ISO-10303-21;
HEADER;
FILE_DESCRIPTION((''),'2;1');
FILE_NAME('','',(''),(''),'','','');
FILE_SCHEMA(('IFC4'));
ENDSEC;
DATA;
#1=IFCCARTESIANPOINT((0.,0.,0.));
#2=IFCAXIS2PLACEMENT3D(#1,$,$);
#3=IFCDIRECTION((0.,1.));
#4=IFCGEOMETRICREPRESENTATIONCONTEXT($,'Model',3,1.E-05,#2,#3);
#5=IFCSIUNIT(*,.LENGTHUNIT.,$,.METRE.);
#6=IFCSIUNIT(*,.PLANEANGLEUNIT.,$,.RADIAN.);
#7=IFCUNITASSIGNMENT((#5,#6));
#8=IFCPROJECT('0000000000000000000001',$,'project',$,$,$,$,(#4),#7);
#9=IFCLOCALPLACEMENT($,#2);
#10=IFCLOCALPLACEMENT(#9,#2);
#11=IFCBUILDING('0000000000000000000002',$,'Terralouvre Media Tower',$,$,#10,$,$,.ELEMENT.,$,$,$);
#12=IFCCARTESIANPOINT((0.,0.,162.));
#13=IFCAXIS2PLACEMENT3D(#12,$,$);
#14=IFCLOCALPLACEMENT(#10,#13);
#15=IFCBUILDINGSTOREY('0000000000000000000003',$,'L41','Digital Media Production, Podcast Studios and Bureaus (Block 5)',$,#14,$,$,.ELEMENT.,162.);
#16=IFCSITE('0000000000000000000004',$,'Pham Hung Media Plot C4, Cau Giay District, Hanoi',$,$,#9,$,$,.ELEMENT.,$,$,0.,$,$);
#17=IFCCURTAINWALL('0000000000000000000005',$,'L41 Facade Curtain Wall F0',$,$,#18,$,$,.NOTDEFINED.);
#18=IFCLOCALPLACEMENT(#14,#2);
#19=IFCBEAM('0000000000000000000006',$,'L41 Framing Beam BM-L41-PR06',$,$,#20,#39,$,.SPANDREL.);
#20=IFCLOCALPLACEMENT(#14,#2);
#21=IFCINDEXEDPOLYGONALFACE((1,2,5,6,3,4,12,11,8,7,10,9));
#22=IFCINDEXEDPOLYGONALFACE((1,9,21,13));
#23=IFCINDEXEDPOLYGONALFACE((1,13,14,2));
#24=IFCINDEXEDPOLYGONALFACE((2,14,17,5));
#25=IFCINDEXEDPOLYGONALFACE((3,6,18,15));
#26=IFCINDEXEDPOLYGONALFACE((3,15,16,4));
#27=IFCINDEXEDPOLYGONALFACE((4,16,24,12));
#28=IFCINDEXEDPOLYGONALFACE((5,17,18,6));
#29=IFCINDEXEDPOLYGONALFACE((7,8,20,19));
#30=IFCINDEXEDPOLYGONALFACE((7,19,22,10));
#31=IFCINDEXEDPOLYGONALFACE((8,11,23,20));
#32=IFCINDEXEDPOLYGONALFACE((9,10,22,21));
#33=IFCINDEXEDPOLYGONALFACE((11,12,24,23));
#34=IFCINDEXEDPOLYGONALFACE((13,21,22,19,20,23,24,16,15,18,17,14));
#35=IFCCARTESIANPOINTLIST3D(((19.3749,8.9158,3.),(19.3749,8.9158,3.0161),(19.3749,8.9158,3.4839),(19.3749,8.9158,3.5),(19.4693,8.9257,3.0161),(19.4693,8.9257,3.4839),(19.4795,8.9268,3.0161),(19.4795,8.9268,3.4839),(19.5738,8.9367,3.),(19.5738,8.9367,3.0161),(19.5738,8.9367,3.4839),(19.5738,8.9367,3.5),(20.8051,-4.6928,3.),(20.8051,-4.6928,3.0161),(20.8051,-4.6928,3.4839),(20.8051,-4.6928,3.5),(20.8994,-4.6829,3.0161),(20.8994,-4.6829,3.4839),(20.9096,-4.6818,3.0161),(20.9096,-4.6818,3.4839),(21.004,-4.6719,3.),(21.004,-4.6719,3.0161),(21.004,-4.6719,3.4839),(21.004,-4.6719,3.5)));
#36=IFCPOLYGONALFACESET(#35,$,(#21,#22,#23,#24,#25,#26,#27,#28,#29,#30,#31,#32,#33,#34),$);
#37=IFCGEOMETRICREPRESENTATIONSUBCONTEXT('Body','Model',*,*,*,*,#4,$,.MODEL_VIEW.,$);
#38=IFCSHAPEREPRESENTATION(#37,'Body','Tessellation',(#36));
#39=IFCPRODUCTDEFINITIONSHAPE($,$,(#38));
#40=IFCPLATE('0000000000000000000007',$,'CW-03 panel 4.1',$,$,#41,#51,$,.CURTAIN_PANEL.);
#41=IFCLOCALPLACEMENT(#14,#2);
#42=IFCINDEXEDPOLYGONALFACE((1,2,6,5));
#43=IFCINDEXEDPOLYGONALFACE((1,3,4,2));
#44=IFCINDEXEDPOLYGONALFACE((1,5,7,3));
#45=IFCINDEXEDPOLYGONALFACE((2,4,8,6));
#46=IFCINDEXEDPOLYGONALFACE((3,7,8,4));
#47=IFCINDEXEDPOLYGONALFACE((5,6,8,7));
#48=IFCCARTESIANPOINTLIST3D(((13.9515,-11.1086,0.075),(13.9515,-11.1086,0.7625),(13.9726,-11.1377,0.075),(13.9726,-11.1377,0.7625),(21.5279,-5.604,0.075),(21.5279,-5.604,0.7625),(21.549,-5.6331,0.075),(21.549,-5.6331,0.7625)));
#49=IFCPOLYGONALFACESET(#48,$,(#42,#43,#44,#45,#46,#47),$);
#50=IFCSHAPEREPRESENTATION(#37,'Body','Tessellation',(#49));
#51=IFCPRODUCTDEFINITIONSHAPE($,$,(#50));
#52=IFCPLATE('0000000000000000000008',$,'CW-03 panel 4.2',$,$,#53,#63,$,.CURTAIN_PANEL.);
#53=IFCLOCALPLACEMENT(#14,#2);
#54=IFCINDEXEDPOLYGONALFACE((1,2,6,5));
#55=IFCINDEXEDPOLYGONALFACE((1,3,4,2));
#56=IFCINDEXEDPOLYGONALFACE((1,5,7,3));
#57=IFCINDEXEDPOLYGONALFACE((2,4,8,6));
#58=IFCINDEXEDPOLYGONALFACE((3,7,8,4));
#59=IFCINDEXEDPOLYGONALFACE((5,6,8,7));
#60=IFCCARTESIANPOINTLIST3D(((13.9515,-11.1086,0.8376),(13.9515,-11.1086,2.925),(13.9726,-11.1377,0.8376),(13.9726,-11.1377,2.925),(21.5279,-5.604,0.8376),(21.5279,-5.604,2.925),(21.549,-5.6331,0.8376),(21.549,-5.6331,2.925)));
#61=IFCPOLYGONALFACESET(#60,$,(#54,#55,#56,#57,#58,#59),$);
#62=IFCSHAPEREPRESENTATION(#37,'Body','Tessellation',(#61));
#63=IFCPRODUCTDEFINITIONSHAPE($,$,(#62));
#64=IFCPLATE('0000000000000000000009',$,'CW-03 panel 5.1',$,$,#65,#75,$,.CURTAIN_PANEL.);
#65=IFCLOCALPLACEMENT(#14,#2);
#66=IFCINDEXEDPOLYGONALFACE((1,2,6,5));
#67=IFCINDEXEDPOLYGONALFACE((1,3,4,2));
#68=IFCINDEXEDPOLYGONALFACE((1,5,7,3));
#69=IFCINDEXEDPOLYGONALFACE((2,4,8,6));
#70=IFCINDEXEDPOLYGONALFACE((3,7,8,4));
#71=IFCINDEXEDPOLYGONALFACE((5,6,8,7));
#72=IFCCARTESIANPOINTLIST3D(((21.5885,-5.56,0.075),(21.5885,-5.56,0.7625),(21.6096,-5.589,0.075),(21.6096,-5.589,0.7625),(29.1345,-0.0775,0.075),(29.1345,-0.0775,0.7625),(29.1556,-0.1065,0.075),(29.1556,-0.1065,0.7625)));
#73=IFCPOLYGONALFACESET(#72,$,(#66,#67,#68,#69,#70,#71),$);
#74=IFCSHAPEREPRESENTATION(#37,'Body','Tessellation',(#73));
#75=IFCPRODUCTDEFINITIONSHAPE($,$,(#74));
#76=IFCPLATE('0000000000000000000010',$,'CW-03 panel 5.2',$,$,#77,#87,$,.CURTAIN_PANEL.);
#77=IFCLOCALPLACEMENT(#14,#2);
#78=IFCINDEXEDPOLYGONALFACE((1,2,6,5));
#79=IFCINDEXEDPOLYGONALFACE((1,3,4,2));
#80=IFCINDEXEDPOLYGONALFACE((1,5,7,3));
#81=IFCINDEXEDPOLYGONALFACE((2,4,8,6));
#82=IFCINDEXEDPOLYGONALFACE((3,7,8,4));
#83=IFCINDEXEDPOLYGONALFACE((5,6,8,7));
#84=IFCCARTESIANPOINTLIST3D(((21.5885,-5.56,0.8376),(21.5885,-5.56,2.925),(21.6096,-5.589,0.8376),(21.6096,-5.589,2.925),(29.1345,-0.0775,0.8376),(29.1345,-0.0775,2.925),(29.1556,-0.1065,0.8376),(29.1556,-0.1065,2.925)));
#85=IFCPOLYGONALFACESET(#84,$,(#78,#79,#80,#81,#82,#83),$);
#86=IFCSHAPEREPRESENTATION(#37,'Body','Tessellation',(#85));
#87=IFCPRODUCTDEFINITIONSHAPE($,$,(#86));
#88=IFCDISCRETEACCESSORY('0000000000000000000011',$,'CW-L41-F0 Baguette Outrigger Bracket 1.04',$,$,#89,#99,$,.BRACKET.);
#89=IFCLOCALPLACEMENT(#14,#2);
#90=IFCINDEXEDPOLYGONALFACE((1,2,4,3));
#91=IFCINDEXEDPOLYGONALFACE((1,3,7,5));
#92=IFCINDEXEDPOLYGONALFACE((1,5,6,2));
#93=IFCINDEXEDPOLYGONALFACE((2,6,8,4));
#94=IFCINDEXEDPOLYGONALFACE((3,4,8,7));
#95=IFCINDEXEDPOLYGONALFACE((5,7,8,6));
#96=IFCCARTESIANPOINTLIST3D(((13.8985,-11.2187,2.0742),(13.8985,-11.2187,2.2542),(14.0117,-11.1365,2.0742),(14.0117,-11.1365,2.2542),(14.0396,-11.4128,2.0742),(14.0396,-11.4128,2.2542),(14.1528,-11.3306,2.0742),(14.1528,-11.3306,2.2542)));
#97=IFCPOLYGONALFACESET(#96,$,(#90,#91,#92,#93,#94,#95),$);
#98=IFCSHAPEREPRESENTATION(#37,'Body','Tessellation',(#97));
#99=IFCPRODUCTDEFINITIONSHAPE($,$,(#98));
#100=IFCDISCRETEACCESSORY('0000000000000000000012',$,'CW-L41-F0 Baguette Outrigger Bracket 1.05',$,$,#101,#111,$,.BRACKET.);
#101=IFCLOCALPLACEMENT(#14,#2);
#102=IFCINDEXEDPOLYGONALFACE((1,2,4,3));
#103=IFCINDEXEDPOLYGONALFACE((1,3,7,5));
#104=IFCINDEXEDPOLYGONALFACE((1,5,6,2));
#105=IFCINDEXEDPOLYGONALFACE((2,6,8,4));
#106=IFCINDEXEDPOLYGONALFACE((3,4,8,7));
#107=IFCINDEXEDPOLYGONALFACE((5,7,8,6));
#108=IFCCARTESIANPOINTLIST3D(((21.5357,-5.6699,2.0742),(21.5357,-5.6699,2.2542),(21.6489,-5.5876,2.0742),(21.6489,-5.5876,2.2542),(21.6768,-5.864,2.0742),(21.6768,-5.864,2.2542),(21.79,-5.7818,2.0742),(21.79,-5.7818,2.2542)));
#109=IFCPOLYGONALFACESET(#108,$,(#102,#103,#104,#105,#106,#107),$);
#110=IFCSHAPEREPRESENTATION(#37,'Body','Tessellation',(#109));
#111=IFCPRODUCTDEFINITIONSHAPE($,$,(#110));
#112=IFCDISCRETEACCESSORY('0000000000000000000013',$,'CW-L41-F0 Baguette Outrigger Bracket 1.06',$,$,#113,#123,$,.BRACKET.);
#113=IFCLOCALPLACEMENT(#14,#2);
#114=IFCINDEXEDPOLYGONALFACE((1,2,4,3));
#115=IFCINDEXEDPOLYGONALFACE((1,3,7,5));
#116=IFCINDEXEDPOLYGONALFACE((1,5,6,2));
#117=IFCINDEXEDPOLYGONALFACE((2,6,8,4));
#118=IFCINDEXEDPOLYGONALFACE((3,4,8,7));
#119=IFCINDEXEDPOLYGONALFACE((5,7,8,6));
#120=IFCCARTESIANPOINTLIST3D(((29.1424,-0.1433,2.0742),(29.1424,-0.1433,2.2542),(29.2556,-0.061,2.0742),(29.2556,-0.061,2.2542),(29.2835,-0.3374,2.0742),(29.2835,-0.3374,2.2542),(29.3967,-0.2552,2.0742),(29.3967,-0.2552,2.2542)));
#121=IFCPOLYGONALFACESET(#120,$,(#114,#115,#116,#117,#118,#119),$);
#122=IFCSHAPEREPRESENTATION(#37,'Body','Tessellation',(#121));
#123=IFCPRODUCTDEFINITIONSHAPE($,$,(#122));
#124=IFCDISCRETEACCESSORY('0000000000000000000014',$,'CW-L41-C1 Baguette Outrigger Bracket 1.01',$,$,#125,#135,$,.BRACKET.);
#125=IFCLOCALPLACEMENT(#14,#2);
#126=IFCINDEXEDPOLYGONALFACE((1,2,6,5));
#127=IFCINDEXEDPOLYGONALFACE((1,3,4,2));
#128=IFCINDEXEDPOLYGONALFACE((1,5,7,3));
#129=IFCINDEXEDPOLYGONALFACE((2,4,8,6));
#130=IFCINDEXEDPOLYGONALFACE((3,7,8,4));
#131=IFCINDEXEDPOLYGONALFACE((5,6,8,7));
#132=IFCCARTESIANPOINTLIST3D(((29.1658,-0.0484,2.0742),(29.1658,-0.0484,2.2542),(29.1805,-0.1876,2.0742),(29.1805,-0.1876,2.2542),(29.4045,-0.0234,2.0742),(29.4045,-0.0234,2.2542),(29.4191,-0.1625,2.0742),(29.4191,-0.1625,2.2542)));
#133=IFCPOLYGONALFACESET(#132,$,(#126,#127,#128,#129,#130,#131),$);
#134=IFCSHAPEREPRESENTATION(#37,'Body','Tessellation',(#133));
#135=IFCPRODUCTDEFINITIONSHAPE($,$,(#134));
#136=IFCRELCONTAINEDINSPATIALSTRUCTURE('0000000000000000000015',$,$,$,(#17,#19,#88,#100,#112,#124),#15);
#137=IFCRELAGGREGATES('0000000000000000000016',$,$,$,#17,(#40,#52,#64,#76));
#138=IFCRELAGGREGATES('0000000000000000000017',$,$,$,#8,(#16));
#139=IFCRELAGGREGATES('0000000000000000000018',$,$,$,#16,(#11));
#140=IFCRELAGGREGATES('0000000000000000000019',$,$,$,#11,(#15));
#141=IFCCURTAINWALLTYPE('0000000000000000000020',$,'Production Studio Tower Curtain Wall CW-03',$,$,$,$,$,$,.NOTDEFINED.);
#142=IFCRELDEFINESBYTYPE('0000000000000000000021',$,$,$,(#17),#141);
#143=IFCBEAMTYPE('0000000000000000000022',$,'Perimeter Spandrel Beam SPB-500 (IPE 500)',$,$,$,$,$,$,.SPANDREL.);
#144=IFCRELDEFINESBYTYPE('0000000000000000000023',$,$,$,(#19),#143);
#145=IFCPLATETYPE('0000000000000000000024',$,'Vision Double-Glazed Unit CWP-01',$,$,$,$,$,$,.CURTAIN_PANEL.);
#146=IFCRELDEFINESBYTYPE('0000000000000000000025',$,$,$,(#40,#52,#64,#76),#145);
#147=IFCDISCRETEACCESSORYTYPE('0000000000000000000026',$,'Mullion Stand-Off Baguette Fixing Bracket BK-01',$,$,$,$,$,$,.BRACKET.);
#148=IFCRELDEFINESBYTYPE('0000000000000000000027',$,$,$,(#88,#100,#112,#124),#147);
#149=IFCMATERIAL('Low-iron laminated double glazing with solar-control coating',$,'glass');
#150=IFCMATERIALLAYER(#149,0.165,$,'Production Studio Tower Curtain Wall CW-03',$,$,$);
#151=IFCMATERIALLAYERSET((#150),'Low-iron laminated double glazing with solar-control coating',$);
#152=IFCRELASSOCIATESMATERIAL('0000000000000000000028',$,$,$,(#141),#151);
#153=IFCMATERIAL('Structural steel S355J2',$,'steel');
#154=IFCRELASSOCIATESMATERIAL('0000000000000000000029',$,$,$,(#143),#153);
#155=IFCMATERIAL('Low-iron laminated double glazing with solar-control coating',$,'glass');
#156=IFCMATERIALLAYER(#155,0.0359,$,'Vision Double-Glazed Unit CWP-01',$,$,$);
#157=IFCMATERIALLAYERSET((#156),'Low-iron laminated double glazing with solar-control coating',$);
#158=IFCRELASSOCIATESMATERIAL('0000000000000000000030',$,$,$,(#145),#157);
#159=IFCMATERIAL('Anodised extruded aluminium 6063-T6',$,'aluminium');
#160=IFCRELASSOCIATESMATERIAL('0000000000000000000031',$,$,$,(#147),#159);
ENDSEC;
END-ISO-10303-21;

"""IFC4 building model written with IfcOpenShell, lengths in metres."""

from ifc_helpers import new_model, si_unit, direction, frame, origin, origin_2d, place, context, subcontext, project, spatial, rectangle, i_section, extrude, material, layer, layer_set, material_profile, profile_set, type_object, element, aggregate, save


model = new_model("IFC4")

# Units and contexts
model_context = context("Model", 3, precision=1e-05, world=origin(), true_north=direction((0.0, 1.0)))
body_context = subcontext(model_context, "Body", "Model", "MODEL_VIEW")
ifc_project = project(units=[si_unit("LENGTHUNIT", "METRE"), si_unit("PLANEANGLEUNIT", "RADIAN")], contexts=[model_context])

# Site, building, storey
site_placement = place(None, origin())
site = spatial("IfcSite", under=ifc_project, at=site_placement, Name="Pham Hung Media Plot C4, Cau Giay District, Hanoi", CompositionType="ELEMENT", RefElevation=0.0)
building_placement = place(site_placement, origin())
building = spatial("IfcBuilding", under=site, at=building_placement, Name="Terralouvre Media Tower", CompositionType="ELEMENT")
storey_placement = place(building_placement, frame((0.0, 0.0, 162.0)))
storey = spatial("IfcBuildingStorey", under=building, at=storey_placement, Name="L41", Description="Digital Media Production, Podcast Studios and Bureaus (Block 5)", CompositionType="ELEMENT", Elevation=162.0)

# Curtain wall
ifc_material_1 = material(Name="Low-iron laminated double glazing with solar-control coating", Category="glass")
ifc_layer_1 = layer(ifc_material_1, 0.165, Name="Production Studio Tower Curtain Wall CW-03")
ifc_layer_set_1 = layer_set([ifc_layer_1], Name="Low-iron laminated double glazing with solar-control coating")
curtain_wall_type_1 = type_object("IfcCurtainWallType", Name="Production Studio Tower Curtain Wall CW-03", PredefinedType="NOTDEFINED", material=ifc_layer_set_1)
curtain_wall_1_placement = place(storey_placement, origin())
curtain_wall_1 = element("IfcCurtainWall", 1, at=curtain_wall_1_placement, inside=storey, type_object=curtain_wall_type_1, Name="L41 Facade Curtain Wall F0", PredefinedType="NOTDEFINED")

# Beam
ifc_material_2 = material(Name="Structural steel S355J2", Category="steel")
ifc_material_profile_1 = material_profile(ifc_material_2, i_section(OverallWidth=0.2, OverallDepth=0.5, WebThickness=0.0103, FlangeThickness=0.0161, at=origin_2d()), Name="IPE 500")
ifc_profile_set_1 = profile_set([ifc_material_profile_1], Name="Structural steel S355J2")
beam_type_1 = type_object("IfcBeamType", Name="Perimeter Spandrel Beam SPB-500 (IPE 500)", PredefinedType="SPANDREL", material=ifc_profile_set_1)
beam_1_placement = place(storey_placement, frame((20.9045, -4.6824, 3.25), z_axis=(-0.104518, 0.994523, 0.0), x_axis=(-0.994523, -0.104518, 0.0)))
element("IfcBeam", 2, at=beam_1_placement, inside=storey, type_object=beam_type_1, Name="L41 Framing Beam BM-L41-PR06", PredefinedType="SPANDREL", context=body_context, shape_type="SweptSolid", body=[
    extrude(i_section(OverallWidth=0.2, OverallDepth=0.5, WebThickness=0.0103, FlangeThickness=0.0161, at=origin_2d()), origin(), (0.0, 0.0, 1.0), 13.6836),
])

# Plates
ifc_material_3 = material(Name="Low-iron laminated double glazing with solar-control coating", Category="glass")
ifc_layer_2 = layer(ifc_material_3, 0.0359, Name="Vision Double-Glazed Unit CWP-01")
ifc_layer_set_2 = layer_set([ifc_layer_2], Name="Low-iron laminated double glazing with solar-control coating")
plate_type = type_object("IfcPlateType", Name="Vision Double-Glazed Unit CWP-01", PredefinedType="CURTAIN_PANEL", material=ifc_layer_set_2)
plate_1_placement = place(storey_placement, frame((17.7502, -8.3708, 0.075), z_axis=(0.0, 0.0, 1.0), x_axis=(0.809017, 0.587785, 0.0)))
plate_1 = element("IfcPlate", 3, at=plate_1_placement, type_object=plate_type, Name="CW-03 panel 4.1", PredefinedType="CURTAIN_PANEL", context=body_context, shape_type="SweptSolid", body=[
    extrude(rectangle(XDim=9.365, YDim=0.0359, at=origin_2d()), origin(), (0.0, 0.0, 1.0), 0.6875),
])
plate_2_placement = place(storey_placement, frame((17.7502, -8.3708, 0.8376), z_axis=(0.0, 0.0, 1.0), x_axis=(0.809017, 0.587785, 0.0)))
plate_2 = element("IfcPlate", 4, at=plate_2_placement, type_object=plate_type, Name="CW-03 panel 4.2", PredefinedType="CURTAIN_PANEL", context=body_context, shape_type="SweptSolid", body=[
    extrude(rectangle(XDim=9.365, YDim=0.0359, at=origin_2d()), origin(), (0.0, 0.0, 1.0), 2.0874),
])
plate_3_placement = place(storey_placement, frame((25.3721, -2.8333, 0.075), z_axis=(0.0, 0.0, 1.0), x_axis=(0.809017, 0.587785, 0.0)))
plate_3 = element("IfcPlate", 5, at=plate_3_placement, type_object=plate_type, Name="CW-03 panel 5.1", PredefinedType="CURTAIN_PANEL", context=body_context, shape_type="SweptSolid", body=[
    extrude(rectangle(XDim=9.3274, YDim=0.0359, at=origin_2d()), origin(), (0.0, 0.0, 1.0), 0.6875),
])
plate_4_placement = place(storey_placement, frame((25.3721, -2.8333, 0.8376), z_axis=(0.0, 0.0, 1.0), x_axis=(0.809017, 0.587785, 0.0)))
plate_4 = element("IfcPlate", 6, at=plate_4_placement, type_object=plate_type, Name="CW-03 panel 5.2", PredefinedType="CURTAIN_PANEL", context=body_context, shape_type="SweptSolid", body=[
    extrude(rectangle(XDim=9.3274, YDim=0.0359, at=origin_2d()), origin(), (0.0, 0.0, 1.0), 2.0874),
])
aggregate(curtain_wall_1, [plate_1, plate_2, plate_3, plate_4])

# Discrete accessories
ifc_material_4 = material(Name="Anodised extruded aluminium 6063-T6", Category="aluminium")
discrete_accessory_type = type_object("IfcDiscreteAccessoryType", Name="Mullion Stand-Off Baguette Fixing Bracket BK-01", PredefinedType="BRACKET", material=ifc_material_4)
for number, where, z_axis, x_axis, name in (
    (7, (14.0256, -11.2747, 2.0742), (0.0, 0.0, 1.0), (0.809017, 0.587785, 0.0), "CW-L41-F0 Baguette Outrigger Bracket 1.04"),
    (8, (21.6628, -5.7258, 2.0742), (0.0, 0.0, 1.0), (0.809017, 0.587785, 0.0), "CW-L41-F0 Baguette Outrigger Bracket 1.05"),
    (9, (29.2695, -0.1992, 2.0742), (0.0, 0.0, 1.0), (0.809017, 0.587785, 0.0), "CW-L41-F0 Baguette Outrigger Bracket 1.06"),
    (10, (29.2925, -0.1055, 2.0742), (0.0, 0.0, 1.0), (-0.104529, 0.994522, 0.0), "CW-L41-C1 Baguette Outrigger Bracket 1.01"),
):
    element("IfcDiscreteAccessory", number, at=place(storey_placement, frame(where, z_axis=z_axis, x_axis=x_axis)), inside=storey, type_object=discrete_accessory_type, Name=name, PredefinedType="BRACKET", context=body_context, shape_type="SweptSolid", body=[
        extrude(rectangle(XDim=0.1399, YDim=0.24, at=origin_2d()), origin(), (0.0, 0.0, 1.0), 0.1799),
    ])

save(model, "model.ifc")
